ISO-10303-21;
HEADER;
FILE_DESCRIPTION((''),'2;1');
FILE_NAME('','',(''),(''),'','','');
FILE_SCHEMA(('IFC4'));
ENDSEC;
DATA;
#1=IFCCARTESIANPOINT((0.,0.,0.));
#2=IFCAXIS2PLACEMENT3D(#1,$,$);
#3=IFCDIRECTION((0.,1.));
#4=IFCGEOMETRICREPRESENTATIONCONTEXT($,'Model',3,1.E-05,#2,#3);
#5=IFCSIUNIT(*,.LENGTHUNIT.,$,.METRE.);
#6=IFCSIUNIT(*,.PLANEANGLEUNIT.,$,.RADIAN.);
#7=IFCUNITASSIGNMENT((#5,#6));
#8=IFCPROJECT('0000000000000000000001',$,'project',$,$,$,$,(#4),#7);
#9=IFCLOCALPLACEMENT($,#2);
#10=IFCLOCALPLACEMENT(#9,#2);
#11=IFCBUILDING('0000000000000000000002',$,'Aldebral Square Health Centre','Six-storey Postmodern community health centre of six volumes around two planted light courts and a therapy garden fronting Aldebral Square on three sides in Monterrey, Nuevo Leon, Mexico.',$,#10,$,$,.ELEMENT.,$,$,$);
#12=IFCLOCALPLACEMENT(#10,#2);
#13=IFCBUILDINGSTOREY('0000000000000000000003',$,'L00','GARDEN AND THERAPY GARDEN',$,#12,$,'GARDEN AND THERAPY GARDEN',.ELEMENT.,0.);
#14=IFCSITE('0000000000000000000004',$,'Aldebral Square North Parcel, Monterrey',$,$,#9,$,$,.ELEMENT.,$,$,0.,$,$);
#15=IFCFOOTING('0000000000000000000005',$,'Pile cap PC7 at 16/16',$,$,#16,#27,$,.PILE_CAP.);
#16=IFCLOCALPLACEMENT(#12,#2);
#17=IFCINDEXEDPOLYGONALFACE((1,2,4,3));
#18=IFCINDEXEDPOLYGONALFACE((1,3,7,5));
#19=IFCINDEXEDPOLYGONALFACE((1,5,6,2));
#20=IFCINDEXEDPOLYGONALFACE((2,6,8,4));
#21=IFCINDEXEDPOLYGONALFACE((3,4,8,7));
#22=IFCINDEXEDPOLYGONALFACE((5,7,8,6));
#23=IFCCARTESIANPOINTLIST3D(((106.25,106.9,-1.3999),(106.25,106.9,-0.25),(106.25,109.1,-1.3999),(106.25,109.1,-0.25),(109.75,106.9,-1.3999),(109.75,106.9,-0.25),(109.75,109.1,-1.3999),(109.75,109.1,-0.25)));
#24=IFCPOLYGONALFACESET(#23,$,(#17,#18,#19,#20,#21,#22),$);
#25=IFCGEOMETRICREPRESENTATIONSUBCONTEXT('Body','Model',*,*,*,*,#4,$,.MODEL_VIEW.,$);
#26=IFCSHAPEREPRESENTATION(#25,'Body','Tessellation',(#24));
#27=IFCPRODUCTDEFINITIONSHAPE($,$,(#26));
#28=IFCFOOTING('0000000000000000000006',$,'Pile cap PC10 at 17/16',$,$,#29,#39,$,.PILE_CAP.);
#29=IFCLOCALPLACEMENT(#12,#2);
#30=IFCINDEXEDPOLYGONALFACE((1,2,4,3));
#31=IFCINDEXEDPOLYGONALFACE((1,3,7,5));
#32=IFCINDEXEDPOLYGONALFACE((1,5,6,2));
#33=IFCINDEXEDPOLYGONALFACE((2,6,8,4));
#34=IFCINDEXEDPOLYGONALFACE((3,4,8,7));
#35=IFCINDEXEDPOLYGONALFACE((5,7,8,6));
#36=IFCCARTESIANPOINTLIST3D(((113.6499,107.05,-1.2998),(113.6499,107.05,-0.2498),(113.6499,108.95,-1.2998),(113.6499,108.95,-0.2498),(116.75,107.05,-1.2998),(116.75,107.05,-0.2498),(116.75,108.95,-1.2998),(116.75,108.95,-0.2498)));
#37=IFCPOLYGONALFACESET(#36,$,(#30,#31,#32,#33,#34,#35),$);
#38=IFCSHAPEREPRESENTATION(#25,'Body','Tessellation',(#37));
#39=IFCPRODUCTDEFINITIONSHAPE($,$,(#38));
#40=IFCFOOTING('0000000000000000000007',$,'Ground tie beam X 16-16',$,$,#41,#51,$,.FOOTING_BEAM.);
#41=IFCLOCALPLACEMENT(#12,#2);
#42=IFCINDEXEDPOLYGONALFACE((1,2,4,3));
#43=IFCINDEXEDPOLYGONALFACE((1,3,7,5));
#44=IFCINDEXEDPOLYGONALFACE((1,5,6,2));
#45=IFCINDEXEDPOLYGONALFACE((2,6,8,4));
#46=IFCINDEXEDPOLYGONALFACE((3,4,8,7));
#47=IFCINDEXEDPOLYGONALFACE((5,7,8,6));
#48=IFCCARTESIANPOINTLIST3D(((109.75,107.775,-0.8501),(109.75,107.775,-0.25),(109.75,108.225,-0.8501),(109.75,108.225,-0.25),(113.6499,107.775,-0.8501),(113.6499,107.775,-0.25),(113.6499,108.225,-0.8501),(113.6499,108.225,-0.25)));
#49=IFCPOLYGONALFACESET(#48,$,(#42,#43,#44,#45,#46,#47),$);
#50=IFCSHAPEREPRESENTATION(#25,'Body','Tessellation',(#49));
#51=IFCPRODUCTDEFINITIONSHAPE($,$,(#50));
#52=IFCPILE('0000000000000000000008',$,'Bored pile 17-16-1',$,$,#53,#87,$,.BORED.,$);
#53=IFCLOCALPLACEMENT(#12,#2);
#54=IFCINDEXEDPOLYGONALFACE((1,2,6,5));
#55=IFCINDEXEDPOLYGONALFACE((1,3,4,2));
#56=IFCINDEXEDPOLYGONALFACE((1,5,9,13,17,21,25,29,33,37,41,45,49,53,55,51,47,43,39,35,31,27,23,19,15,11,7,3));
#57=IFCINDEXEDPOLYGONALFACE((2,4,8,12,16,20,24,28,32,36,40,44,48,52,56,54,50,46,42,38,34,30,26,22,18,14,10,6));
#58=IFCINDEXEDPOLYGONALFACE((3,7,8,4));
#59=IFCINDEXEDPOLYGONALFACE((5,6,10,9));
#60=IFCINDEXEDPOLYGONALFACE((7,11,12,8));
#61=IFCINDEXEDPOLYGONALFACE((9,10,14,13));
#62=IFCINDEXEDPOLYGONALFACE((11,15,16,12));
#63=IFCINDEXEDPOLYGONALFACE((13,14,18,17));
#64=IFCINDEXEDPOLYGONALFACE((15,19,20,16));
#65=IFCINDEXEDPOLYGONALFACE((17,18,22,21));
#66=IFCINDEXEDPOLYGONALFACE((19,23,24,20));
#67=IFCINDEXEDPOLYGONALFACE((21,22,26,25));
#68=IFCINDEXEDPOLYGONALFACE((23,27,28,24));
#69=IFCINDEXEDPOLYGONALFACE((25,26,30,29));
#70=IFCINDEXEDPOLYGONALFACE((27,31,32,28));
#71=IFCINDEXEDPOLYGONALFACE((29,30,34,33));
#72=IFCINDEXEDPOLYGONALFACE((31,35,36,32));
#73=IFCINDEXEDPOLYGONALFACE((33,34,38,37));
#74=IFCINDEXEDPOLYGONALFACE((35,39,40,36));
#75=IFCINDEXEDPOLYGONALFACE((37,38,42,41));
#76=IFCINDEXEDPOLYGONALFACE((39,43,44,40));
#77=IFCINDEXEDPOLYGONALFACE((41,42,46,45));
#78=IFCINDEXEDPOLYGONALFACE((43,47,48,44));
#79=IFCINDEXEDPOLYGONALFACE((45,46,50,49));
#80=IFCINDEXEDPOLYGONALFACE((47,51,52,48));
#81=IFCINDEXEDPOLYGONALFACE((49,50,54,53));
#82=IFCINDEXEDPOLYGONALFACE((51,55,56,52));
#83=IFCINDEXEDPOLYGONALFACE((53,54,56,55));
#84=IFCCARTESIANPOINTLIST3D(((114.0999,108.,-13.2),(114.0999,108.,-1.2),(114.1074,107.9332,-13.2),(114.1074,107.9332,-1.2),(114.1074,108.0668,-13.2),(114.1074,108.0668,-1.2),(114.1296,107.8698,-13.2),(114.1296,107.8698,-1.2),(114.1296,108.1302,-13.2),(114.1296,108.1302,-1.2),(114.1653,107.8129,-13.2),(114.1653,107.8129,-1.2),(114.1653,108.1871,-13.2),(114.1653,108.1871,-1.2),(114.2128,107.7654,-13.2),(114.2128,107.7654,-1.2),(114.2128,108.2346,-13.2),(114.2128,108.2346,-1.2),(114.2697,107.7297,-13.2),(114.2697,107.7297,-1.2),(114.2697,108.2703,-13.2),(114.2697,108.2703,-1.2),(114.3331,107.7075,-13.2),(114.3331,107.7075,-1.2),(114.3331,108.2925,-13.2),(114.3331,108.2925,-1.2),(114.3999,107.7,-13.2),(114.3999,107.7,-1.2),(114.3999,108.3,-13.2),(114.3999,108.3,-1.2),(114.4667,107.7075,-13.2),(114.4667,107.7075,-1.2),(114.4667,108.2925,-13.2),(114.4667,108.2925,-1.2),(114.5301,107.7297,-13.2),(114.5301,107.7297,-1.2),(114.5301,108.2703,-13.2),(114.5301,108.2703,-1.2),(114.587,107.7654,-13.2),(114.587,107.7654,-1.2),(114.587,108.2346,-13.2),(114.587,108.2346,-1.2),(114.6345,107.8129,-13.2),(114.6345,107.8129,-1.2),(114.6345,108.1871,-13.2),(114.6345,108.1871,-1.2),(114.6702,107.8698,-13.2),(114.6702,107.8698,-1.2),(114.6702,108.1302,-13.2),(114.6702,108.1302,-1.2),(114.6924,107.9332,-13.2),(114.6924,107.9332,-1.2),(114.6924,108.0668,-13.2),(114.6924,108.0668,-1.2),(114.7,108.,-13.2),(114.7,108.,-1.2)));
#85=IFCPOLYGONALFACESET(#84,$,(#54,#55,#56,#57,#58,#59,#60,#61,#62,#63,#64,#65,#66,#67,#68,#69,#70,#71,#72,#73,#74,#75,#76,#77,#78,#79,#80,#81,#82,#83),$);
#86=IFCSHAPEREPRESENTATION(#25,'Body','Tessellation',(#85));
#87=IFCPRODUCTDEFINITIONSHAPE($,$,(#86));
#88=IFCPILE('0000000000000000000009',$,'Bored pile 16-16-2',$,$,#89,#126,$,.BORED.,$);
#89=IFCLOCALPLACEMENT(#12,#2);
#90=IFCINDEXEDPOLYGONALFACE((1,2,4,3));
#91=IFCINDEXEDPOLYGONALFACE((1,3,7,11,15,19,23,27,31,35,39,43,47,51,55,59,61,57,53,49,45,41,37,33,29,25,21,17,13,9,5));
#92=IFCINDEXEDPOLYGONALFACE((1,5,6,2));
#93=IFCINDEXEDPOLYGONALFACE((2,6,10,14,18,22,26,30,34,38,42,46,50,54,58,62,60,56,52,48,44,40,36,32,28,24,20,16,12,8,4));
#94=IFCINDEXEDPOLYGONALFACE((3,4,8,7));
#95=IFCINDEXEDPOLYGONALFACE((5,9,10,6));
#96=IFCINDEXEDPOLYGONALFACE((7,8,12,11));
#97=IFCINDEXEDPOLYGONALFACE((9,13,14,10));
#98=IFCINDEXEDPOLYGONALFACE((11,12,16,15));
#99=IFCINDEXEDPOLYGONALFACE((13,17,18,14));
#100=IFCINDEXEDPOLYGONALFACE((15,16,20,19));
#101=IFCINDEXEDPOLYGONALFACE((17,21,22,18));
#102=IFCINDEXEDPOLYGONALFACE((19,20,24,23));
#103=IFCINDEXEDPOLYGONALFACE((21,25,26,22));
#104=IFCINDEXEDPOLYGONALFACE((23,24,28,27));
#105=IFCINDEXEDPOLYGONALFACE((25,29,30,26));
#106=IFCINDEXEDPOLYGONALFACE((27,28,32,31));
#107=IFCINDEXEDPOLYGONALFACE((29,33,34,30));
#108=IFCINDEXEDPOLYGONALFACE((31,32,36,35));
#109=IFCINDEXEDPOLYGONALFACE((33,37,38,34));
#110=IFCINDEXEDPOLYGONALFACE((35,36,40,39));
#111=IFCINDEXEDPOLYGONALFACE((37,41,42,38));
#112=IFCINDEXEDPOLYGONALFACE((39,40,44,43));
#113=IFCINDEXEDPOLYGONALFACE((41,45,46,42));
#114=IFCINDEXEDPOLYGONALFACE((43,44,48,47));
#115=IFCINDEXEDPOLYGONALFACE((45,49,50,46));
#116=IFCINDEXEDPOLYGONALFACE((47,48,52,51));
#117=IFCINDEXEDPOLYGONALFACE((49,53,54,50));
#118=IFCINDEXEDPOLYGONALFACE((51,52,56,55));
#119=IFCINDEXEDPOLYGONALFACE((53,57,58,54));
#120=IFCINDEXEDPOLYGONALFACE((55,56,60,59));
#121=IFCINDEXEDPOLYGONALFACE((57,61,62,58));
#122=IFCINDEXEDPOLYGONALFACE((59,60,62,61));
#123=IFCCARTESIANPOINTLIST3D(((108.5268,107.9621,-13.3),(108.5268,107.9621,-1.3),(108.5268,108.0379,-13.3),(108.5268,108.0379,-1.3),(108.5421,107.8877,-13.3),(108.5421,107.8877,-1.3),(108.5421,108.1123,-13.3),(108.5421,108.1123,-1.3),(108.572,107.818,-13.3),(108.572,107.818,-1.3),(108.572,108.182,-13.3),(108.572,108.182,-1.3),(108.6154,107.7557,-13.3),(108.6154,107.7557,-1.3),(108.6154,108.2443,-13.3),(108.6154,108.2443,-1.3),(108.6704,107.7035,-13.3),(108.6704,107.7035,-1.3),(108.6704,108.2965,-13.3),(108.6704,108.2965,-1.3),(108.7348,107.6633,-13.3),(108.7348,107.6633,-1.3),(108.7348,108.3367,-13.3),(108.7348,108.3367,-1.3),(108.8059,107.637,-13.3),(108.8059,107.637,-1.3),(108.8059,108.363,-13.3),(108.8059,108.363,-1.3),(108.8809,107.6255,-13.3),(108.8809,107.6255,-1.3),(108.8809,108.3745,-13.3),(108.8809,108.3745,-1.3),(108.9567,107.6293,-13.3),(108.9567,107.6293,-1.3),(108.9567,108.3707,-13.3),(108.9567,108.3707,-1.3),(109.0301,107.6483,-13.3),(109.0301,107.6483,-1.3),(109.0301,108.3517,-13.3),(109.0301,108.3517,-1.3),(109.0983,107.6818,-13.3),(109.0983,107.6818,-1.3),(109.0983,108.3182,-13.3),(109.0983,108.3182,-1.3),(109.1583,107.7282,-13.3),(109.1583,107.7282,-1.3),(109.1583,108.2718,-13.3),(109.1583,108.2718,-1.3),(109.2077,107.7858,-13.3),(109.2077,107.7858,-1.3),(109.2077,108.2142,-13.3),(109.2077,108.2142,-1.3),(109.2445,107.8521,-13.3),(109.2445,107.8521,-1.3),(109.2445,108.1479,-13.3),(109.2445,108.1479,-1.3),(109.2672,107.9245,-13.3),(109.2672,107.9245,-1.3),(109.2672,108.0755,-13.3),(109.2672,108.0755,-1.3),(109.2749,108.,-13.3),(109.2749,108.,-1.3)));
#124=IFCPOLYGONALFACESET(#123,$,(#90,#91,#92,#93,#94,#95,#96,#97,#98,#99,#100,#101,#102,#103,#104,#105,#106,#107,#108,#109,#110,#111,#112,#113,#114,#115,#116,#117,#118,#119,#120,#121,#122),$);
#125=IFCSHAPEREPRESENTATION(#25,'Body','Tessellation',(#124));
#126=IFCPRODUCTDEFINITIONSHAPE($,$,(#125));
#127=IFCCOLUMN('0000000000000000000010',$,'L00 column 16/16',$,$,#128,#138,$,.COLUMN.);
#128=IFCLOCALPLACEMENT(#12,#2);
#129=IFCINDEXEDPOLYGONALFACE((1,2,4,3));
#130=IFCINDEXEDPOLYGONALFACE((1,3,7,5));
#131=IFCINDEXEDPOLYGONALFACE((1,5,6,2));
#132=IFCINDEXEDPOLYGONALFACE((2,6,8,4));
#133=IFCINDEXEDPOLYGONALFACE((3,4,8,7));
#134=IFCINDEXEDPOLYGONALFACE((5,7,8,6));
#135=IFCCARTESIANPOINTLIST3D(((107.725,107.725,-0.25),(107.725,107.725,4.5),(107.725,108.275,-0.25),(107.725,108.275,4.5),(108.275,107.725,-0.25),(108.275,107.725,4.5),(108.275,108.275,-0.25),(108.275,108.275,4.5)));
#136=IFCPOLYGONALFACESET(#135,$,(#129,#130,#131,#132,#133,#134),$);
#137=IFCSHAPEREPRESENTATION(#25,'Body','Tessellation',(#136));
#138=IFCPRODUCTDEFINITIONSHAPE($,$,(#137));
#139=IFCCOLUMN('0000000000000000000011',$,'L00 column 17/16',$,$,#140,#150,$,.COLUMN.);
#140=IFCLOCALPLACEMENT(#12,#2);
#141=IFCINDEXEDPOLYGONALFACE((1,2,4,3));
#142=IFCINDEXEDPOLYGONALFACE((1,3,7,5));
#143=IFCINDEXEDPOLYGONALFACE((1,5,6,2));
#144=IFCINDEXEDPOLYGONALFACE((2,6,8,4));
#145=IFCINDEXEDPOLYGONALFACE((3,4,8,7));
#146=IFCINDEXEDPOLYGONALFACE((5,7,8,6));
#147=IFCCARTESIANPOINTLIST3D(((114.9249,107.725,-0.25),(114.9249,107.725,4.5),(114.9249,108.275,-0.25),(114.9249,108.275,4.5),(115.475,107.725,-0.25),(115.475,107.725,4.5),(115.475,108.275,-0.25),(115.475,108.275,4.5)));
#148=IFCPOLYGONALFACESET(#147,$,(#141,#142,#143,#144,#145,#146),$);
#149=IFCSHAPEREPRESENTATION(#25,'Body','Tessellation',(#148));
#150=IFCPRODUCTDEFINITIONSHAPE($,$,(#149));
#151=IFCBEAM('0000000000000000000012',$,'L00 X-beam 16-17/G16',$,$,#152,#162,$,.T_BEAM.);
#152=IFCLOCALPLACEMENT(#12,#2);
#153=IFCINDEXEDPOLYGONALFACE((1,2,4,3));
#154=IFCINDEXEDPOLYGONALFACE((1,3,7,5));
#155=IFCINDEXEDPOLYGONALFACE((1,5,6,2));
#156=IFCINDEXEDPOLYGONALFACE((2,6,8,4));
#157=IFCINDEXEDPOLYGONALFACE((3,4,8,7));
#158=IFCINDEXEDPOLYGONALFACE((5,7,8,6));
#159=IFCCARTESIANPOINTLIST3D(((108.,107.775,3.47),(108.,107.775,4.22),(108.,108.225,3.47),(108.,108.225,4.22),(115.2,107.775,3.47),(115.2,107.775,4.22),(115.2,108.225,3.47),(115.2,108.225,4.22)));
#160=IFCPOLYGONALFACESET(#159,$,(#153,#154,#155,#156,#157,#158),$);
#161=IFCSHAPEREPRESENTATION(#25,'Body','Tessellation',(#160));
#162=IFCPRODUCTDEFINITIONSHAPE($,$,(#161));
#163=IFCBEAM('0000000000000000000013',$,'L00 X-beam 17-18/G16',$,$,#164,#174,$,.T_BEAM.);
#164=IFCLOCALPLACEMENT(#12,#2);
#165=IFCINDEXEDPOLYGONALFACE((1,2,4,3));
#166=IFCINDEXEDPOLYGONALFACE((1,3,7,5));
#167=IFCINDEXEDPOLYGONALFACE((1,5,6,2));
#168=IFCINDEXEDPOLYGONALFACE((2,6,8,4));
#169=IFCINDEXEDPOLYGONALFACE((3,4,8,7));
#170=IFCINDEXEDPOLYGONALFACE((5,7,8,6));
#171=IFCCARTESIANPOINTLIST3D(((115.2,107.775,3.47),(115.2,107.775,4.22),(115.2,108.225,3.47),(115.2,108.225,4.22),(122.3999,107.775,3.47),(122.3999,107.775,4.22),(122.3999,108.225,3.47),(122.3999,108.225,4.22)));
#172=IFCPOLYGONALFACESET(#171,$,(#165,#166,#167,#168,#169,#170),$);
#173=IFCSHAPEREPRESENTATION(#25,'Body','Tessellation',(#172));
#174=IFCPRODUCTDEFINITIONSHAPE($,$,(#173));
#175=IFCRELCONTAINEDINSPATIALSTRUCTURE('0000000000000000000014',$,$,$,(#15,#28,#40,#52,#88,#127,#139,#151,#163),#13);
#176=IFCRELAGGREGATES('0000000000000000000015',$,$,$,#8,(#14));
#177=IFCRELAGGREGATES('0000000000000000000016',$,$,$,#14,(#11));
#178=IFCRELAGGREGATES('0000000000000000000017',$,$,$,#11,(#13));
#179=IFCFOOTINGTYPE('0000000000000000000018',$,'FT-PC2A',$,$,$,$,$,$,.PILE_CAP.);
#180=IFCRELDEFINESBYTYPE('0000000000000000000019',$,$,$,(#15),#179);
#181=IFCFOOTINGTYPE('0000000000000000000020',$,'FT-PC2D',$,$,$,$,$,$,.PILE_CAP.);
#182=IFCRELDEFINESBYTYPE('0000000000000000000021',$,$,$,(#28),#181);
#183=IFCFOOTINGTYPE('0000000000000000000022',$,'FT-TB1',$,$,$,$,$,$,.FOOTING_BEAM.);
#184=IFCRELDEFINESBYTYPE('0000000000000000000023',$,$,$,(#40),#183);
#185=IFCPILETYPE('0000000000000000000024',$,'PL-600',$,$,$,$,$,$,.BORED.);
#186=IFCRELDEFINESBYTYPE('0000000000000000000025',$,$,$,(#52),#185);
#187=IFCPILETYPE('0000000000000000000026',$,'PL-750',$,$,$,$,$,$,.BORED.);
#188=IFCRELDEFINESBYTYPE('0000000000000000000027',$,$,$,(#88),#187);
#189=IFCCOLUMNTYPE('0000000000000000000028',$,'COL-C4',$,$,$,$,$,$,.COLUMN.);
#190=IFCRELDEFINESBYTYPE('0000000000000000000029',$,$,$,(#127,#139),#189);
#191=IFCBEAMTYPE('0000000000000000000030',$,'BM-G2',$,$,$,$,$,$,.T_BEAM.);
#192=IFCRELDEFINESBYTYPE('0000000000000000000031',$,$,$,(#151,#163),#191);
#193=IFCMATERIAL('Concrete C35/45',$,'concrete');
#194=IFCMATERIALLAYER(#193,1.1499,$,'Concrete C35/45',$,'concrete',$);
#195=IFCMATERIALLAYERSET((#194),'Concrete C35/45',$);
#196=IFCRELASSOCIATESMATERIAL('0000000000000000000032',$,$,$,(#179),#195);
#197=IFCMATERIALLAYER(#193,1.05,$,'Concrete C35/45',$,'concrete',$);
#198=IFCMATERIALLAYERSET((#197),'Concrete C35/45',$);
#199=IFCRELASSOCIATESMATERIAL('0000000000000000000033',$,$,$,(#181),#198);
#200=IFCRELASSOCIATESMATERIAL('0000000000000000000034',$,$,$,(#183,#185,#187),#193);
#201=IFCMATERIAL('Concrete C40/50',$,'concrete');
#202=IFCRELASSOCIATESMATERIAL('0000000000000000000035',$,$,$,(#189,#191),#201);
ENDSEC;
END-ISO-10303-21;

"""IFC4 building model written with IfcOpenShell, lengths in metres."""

from ifc_helpers import new_model, si_unit, direction, frame, origin, origin_2d, place, context, subcontext, project, spatial, rectangle, circle, extrude, material, layer, layer_set, material_profile, profile_set, type_object, element, save


model = new_model("IFC4")

# Units and contexts
model_context = context("Model", 3, precision=1e-05, world=origin(), true_north=direction((0.0, 1.0)))
body_context = subcontext(model_context, "Body", "Model", "MODEL_VIEW")
ifc_project = project(units=[si_unit("LENGTHUNIT", "METRE"), si_unit("PLANEANGLEUNIT", "RADIAN")], contexts=[model_context])

# Site, building, storey
site_placement = place(None, origin())
site = spatial("IfcSite", under=ifc_project, at=site_placement, Name="Aldebral Square North Parcel, Monterrey", CompositionType="ELEMENT", RefElevation=0.0)
building_placement = place(site_placement, origin())
building = spatial("IfcBuilding", under=site, at=building_placement, Name="Aldebral Square Health Centre", Description="Six-storey Postmodern community health centre of six volumes around two planted light courts and a therapy garden fronting Aldebral Square on three sides in Monterrey, Nuevo Leon, Mexico.", CompositionType="ELEMENT")
storey_placement = place(building_placement, origin())
storey = spatial("IfcBuildingStorey", under=building, at=storey_placement, Name="L00", Description="GARDEN AND THERAPY GARDEN", LongName="GARDEN AND THERAPY GARDEN", CompositionType="ELEMENT", Elevation=0.0)

# Footings
ifc_material_1 = material(Name="Concrete C35/45", Category="concrete")
ifc_layer_1 = layer(ifc_material_1, 1.1499, Name="Concrete C35/45", Category="concrete")
ifc_layer_set_1 = layer_set([ifc_layer_1], Name="Concrete C35/45")
footing_type_1 = type_object("IfcFootingType", Name="FT-PC2A", PredefinedType="PILE_CAP", material=ifc_layer_set_1)
footing_1_placement = place(storey_placement, frame((108.0, 108.0, -1.3999), z_axis=(0.0, 0.0, 1.0), x_axis=(1.0, 0.0, 0.0)))
element("IfcFooting", 1, at=footing_1_placement, inside=storey, type_object=footing_type_1, Name="Pile cap PC7 at 16/16", PredefinedType="PILE_CAP", context=body_context, shape_type="SweptSolid", body=[
    extrude(rectangle(XDim=3.5, YDim=2.2, at=origin_2d()), origin(), (0.0, 0.0, 1.0), 1.1499),
])
ifc_layer_2 = layer(ifc_material_1, 1.05, Name="Concrete C35/45", Category="concrete")
ifc_layer_set_2 = layer_set([ifc_layer_2], Name="Concrete C35/45")
footing_type_2 = type_object("IfcFootingType", Name="FT-PC2D", PredefinedType="PILE_CAP", material=ifc_layer_set_2)
footing_2_placement = place(storey_placement, frame((115.2, 108.0, -1.2998), z_axis=(0.0, 0.0, 1.0), x_axis=(1.0, 0.0, 0.0)))
element("IfcFooting", 2, at=footing_2_placement, inside=storey, type_object=footing_type_2, Name="Pile cap PC10 at 17/16", PredefinedType="PILE_CAP", context=body_context, shape_type="SweptSolid", body=[
    extrude(rectangle(XDim=3.1001, YDim=1.8999, at=origin_2d()), origin(), (0.0, 0.0, 1.0), 1.05),
])
ifc_material_profile_1 = material_profile(ifc_material_1, rectangle(XDim=0.45, YDim=0.6001, at=origin_2d()), Name="RC 450x600")
ifc_profile_set_1 = profile_set([ifc_material_profile_1], Name="Concrete C35/45")
footing_type_3 = type_object("IfcFootingType", Name="FT-TB1", PredefinedType="FOOTING_BEAM", material=ifc_profile_set_1)
footing_3_placement = place(storey_placement, frame((109.75, 108.0, -0.55), z_axis=(1.0, 0.0, 0.0), x_axis=(0.0, 1.0, 0.0)))
element("IfcFooting", 3, at=footing_3_placement, inside=storey, type_object=footing_type_3, Name="Ground tie beam X 16-16", PredefinedType="FOOTING_BEAM", context=body_context, shape_type="SweptSolid", body=[
    extrude(rectangle(XDim=0.45, YDim=0.6001, at=origin_2d()), origin(), (0.0, 0.0, 1.0), 3.8999),
])

# Piles
ifc_material_profile_2 = material_profile(ifc_material_1, circle(Radius=0.3, at=origin_2d()), Name="PILE D600")
ifc_profile_set_2 = profile_set([ifc_material_profile_2], Name="Concrete C35/45")
pile_type_1 = type_object("IfcPileType", Name="PL-600", PredefinedType="BORED", material=ifc_profile_set_2)
pile_1_placement = place(storey_placement, frame((114.3999, 108.0, -1.2), z_axis=(0.0, 0.0, -1.0), x_axis=(1.0, 0.0, 0.0)))
element("IfcPile", 4, at=pile_1_placement, inside=storey, type_object=pile_type_1, Name="Bored pile 17-16-1", PredefinedType="BORED", context=body_context, shape_type="SweptSolid", body=[
    extrude(circle(Radius=0.3, at=origin_2d()), origin(), (0.0, 0.0, 1.0), 12.0),
])
ifc_material_profile_3 = material_profile(ifc_material_1, circle(Radius=0.375, at=origin_2d()), Name="PILE D750")
ifc_profile_set_3 = profile_set([ifc_material_profile_3], Name="Concrete C35/45")
pile_type_2 = type_object("IfcPileType", Name="PL-750", PredefinedType="BORED", material=ifc_profile_set_3)
pile_2_placement = place(storey_placement, frame((108.8999, 108.0, -1.3), z_axis=(0.0, 0.0, -1.0), x_axis=(1.0, 0.0, 0.0)))
element("IfcPile", 5, at=pile_2_placement, inside=storey, type_object=pile_type_2, Name="Bored pile 16-16-2", PredefinedType="BORED", context=body_context, shape_type="SweptSolid", body=[
    extrude(circle(Radius=0.375, at=origin_2d()), origin(), (0.0, 0.0, 1.0), 12.0),
])

# Columns
ifc_material_2 = material(Name="Concrete C40/50", Category="concrete")
ifc_material_profile_4 = material_profile(ifc_material_2, rectangle(XDim=0.55, YDim=0.55, at=origin_2d()), Name="RC 550x550")
ifc_profile_set_4 = profile_set([ifc_material_profile_4], Name="Concrete C40/50")
column_type = type_object("IfcColumnType", Name="COL-C4", PredefinedType="COLUMN", material=ifc_profile_set_4)
for number, where, z_axis, x_axis, name in (
    (6, (108.0, 108.0, -0.25), (0.0, 0.0, 1.0), (1.0, 0.0, 0.0), "L00 column 16/16"),
    (7, (115.2, 108.0, -0.25), (0.0, 0.0, 1.0), (1.0, 0.0, 0.0), "L00 column 17/16"),
):
    element("IfcColumn", number, at=place(storey_placement, frame(where, z_axis=z_axis, x_axis=x_axis)), inside=storey, type_object=column_type, Name=name, PredefinedType="COLUMN", context=body_context, shape_type="SweptSolid", body=[
        extrude(rectangle(XDim=0.55, YDim=0.55, at=origin_2d()), origin(), (0.0, 0.0, 1.0), 4.75),
    ])

# Beams
ifc_material_profile_5 = material_profile(ifc_material_2, rectangle(XDim=0.45, YDim=0.75, at=origin_2d()), Name="RC 450x750")
ifc_profile_set_5 = profile_set([ifc_material_profile_5], Name="Concrete C40/50")
beam_type = type_object("IfcBeamType", Name="BM-G2", PredefinedType="T_BEAM", material=ifc_profile_set_5)
for number, where, z_axis, x_axis, name in (
    (8, (108.0, 108.0, 3.845), (1.0, 0.0, 0.0), (0.0, 1.0, 0.0), "L00 X-beam 16-17/G16"),
    (9, (115.2, 108.0, 3.845), (1.0, 0.0, 0.0), (0.0, 1.0, 0.0), "L00 X-beam 17-18/G16"),
):
    element("IfcBeam", number, at=place(storey_placement, frame(where, z_axis=z_axis, x_axis=x_axis)), inside=storey, type_object=beam_type, Name=name, PredefinedType="T_BEAM", context=body_context, shape_type="SweptSolid", body=[
        extrude(rectangle(XDim=0.45, YDim=0.75, at=origin_2d()), origin(), (0.0, 0.0, 1.0), 7.2),
    ])

save(model, "model.ifc")
